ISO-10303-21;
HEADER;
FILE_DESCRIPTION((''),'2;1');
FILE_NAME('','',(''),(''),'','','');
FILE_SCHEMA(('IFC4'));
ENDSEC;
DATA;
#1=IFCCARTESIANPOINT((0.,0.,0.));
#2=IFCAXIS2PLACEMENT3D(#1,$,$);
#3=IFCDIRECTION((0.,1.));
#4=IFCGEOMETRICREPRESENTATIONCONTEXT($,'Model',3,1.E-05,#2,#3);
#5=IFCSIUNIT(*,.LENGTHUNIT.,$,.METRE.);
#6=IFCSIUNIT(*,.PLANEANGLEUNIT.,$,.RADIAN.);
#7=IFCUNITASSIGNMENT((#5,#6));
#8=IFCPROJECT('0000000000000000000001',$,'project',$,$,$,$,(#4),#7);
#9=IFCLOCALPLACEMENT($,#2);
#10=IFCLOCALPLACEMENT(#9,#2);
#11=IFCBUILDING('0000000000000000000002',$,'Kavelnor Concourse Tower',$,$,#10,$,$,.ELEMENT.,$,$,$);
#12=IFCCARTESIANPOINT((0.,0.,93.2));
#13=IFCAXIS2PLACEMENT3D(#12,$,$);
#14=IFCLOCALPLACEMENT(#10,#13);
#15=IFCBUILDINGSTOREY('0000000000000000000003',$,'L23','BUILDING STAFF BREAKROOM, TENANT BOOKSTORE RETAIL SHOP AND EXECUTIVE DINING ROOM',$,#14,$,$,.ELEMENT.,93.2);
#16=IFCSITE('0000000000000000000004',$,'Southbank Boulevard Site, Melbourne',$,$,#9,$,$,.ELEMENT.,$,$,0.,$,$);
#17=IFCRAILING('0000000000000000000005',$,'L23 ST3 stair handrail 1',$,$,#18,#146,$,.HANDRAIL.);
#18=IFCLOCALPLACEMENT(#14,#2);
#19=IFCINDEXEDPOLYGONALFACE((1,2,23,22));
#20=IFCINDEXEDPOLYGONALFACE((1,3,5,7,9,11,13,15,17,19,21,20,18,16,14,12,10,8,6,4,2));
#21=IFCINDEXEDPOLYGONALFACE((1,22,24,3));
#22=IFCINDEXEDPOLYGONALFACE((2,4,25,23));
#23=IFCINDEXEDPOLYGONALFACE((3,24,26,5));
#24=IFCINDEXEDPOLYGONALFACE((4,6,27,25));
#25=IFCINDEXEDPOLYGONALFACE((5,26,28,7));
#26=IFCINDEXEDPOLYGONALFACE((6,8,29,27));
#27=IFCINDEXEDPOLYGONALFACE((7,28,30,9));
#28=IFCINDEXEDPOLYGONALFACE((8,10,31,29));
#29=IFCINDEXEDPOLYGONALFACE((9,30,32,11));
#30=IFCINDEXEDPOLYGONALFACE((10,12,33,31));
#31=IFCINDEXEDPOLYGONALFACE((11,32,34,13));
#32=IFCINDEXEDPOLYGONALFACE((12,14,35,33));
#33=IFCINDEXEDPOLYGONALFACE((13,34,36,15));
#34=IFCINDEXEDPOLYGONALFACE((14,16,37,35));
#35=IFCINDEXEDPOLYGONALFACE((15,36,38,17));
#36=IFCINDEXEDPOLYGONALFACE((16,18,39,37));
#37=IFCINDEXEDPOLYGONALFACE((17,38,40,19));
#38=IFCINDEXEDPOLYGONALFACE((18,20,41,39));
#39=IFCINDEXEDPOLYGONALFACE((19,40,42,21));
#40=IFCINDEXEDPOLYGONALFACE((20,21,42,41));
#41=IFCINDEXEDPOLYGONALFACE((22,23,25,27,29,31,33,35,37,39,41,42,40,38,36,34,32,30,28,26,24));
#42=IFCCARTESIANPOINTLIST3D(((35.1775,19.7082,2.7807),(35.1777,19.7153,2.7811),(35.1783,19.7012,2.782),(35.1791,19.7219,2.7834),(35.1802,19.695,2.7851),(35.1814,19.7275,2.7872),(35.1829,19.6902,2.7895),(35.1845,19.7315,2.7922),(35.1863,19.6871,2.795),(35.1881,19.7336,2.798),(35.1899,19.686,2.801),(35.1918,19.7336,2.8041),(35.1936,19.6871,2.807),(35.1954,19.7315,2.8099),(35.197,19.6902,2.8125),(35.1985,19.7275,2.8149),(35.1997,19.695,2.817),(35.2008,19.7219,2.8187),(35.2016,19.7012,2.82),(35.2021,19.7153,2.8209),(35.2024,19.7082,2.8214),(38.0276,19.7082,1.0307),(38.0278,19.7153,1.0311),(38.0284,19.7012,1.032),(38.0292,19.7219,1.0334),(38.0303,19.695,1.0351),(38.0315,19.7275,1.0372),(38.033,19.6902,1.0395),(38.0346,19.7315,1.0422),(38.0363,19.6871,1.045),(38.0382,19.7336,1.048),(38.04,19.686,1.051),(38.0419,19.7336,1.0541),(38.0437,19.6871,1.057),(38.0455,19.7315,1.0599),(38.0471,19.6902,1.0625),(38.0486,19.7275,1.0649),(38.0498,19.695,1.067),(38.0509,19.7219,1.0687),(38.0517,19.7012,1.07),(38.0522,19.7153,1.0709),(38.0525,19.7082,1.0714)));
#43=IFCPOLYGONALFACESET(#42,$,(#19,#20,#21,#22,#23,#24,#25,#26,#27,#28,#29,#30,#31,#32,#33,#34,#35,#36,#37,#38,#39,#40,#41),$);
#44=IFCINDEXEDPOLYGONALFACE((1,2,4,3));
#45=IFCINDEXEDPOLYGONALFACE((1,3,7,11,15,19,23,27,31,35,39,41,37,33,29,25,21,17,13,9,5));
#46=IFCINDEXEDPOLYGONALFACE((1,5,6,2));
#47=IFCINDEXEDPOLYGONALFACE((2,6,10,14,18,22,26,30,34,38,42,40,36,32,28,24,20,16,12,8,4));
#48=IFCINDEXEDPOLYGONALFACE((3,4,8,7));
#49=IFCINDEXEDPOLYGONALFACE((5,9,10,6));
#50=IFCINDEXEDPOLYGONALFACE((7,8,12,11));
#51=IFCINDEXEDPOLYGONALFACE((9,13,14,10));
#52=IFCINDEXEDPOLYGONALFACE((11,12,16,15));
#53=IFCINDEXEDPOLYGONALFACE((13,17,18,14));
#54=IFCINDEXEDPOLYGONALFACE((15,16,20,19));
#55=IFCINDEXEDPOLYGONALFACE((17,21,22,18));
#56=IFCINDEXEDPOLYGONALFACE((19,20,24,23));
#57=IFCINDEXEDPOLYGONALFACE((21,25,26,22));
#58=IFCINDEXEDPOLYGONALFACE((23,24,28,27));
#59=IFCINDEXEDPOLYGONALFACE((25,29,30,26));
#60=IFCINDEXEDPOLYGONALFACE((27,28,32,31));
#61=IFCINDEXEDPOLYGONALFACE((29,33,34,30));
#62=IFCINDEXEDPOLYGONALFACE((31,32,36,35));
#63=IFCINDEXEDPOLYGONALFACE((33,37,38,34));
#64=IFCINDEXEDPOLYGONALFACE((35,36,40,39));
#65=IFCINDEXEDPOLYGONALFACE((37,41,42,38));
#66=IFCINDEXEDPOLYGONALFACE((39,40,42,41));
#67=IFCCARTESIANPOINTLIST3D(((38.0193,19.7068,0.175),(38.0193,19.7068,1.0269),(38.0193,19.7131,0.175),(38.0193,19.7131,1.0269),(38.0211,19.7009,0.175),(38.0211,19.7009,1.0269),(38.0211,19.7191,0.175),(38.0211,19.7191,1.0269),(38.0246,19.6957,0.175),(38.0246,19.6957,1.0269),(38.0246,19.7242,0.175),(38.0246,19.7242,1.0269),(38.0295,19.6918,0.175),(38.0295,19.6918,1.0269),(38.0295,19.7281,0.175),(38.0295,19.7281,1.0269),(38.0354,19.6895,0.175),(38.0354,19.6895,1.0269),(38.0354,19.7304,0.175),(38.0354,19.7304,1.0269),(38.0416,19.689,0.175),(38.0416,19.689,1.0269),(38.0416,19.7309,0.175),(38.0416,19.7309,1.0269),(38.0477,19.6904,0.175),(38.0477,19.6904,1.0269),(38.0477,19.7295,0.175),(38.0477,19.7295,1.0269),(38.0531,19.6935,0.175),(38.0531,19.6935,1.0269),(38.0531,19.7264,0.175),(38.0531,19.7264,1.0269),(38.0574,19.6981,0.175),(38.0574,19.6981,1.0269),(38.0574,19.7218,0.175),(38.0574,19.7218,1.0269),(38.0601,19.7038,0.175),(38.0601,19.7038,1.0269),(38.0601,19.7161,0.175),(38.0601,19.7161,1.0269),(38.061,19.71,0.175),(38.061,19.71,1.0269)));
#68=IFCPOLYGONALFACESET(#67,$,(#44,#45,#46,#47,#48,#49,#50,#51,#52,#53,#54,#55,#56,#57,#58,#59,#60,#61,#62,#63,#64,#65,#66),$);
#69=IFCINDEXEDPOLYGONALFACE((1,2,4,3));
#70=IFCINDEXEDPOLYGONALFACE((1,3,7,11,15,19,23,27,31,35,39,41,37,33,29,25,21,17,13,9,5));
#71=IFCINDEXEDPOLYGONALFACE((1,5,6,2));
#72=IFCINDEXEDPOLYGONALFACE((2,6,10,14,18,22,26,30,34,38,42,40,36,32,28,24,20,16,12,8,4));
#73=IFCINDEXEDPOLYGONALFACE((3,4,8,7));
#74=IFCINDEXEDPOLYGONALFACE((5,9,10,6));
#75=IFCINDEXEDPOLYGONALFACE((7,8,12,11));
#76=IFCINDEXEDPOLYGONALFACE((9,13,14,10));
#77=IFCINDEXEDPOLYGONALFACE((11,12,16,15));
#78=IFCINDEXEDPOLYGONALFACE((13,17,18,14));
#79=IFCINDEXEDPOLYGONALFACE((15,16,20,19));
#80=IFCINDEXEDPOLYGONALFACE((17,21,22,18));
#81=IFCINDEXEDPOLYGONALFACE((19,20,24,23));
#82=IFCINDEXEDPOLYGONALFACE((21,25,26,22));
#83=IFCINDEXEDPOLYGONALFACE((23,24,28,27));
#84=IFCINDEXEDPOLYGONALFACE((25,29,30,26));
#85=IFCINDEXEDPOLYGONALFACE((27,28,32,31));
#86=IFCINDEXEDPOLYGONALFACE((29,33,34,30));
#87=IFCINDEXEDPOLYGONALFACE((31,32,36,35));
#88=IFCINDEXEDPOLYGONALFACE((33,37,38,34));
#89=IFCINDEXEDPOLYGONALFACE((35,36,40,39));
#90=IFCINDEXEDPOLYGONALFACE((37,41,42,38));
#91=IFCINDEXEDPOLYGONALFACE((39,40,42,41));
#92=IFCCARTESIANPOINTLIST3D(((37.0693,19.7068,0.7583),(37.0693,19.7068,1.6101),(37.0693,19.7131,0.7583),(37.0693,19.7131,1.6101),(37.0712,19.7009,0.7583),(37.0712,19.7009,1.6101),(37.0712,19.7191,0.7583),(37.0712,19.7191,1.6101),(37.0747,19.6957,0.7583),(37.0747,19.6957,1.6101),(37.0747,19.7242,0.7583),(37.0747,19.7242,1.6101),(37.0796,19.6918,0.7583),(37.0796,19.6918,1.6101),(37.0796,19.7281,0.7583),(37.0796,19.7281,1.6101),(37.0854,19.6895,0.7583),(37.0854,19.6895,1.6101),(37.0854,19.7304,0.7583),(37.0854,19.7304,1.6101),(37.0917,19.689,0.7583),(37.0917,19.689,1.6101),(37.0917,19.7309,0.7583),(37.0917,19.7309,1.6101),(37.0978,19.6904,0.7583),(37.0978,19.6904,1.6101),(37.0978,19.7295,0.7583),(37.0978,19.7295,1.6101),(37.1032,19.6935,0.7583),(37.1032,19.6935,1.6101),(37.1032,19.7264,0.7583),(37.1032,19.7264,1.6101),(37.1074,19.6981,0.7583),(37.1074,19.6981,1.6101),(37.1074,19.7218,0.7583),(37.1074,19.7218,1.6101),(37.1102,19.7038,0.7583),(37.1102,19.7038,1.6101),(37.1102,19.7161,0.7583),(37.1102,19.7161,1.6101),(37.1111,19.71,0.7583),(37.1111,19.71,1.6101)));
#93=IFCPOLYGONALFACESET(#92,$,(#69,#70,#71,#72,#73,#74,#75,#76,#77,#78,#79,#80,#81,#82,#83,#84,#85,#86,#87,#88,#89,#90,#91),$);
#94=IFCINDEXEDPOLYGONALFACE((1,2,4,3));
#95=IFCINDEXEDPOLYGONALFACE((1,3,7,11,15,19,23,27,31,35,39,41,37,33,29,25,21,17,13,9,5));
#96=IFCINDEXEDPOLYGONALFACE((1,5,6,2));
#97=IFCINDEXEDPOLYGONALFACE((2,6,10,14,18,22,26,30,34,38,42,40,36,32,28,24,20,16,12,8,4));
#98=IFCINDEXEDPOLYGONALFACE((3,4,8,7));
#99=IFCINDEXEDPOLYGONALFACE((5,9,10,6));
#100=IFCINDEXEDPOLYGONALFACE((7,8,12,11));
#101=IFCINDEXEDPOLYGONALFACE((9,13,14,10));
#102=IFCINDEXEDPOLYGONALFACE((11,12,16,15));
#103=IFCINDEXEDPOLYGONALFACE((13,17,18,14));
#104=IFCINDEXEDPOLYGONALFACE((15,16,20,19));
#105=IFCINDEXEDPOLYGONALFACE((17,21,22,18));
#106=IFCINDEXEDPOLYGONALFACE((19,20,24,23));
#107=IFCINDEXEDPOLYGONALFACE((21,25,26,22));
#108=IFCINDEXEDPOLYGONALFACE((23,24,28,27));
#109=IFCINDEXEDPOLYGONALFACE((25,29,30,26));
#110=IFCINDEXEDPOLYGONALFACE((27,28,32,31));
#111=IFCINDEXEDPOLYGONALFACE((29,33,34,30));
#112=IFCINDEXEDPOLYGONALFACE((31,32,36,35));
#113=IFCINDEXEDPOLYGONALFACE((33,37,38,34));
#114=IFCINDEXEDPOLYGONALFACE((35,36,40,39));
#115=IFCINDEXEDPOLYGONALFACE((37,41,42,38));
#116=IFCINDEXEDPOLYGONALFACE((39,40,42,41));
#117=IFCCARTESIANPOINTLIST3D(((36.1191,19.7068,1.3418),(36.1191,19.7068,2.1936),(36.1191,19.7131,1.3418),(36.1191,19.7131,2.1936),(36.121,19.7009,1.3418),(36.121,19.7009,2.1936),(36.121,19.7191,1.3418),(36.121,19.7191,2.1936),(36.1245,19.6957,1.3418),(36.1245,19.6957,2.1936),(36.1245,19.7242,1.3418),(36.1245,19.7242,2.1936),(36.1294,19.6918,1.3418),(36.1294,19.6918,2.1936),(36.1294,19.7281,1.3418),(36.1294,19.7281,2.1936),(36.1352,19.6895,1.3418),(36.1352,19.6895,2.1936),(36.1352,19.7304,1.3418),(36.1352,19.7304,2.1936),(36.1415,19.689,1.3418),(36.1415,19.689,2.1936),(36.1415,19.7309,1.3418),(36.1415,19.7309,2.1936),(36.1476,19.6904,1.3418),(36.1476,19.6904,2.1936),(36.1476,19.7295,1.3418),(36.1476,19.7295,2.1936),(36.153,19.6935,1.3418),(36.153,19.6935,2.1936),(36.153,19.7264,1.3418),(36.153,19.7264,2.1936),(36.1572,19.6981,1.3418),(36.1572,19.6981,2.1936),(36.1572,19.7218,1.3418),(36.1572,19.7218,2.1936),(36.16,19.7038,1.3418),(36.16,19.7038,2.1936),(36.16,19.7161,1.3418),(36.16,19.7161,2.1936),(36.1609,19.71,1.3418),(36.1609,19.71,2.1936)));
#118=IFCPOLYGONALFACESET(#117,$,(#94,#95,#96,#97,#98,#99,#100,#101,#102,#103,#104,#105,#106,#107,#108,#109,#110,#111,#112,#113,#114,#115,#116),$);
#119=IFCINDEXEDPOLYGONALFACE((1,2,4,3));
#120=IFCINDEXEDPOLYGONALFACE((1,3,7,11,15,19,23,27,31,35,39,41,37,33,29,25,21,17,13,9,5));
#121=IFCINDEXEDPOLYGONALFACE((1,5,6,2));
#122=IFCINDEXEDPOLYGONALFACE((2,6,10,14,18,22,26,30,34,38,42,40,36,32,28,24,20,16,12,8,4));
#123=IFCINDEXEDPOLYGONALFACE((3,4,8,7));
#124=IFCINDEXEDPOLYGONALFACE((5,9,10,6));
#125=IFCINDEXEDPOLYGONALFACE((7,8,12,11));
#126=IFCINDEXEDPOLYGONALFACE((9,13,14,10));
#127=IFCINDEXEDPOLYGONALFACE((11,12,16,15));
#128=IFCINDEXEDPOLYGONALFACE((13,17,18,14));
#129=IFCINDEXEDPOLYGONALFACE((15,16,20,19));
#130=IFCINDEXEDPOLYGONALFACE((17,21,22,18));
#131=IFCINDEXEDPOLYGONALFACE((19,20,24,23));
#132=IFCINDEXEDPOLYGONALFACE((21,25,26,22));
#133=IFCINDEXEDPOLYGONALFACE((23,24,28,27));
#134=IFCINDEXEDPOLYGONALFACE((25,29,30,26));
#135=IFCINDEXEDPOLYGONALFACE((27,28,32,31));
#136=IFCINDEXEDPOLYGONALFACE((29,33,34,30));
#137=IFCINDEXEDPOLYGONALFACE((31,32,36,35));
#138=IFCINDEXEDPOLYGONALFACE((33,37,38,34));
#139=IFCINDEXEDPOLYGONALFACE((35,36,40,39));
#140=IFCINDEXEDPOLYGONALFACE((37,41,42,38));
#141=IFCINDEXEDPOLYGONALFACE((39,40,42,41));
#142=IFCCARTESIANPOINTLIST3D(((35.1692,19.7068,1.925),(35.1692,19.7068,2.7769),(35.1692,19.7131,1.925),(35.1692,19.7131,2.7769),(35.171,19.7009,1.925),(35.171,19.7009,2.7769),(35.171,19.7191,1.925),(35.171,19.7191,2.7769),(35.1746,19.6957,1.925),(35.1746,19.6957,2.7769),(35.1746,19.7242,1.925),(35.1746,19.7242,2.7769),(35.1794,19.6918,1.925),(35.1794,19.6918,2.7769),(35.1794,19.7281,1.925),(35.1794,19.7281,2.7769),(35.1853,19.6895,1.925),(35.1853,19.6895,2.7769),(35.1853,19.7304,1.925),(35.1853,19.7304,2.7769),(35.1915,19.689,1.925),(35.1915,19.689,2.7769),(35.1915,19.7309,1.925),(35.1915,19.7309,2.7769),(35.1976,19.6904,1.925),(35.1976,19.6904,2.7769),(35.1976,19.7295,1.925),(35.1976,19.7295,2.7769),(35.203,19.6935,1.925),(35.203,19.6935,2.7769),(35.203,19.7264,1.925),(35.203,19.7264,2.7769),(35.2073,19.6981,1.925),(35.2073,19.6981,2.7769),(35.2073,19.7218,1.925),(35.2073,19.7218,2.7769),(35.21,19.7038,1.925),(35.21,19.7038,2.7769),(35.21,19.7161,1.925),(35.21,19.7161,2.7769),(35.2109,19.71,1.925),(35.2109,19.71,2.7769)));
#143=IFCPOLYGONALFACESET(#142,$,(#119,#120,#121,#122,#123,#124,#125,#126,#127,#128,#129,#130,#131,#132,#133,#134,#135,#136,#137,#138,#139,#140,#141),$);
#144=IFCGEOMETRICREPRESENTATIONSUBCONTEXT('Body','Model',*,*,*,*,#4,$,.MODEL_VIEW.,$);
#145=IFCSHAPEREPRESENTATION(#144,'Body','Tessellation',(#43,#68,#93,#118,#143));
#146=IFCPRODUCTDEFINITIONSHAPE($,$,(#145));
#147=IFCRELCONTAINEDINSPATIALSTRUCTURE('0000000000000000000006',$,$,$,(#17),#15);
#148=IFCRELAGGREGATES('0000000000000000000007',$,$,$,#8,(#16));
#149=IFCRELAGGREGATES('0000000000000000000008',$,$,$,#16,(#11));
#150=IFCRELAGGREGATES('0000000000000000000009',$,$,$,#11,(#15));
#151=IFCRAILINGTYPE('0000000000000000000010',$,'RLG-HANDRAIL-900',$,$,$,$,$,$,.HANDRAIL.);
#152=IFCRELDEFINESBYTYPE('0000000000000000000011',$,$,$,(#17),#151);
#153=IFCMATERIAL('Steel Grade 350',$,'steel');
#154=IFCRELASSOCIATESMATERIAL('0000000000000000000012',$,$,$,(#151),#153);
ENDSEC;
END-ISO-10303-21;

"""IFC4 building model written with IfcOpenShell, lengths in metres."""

from ifc_helpers import new_model, si_unit, direction, frame, origin, origin_2d, place, context, subcontext, project, spatial, circle, extrude, material, type_object, element, save


model = new_model("IFC4")

# Units and contexts
model_context = context("Model", 3, precision=1e-05, world=origin(), true_north=direction((0.0, 1.0)))
body_context = subcontext(model_context, "Body", "Model", "MODEL_VIEW")
ifc_project = project(units=[si_unit("LENGTHUNIT", "METRE"), si_unit("PLANEANGLEUNIT", "RADIAN")], contexts=[model_context])

# Site, building, storey
site_placement = place(None, origin())
site = spatial("IfcSite", under=ifc_project, at=site_placement, Name="Southbank Boulevard Site, Melbourne", CompositionType="ELEMENT", RefElevation=0.0)
building_placement = place(site_placement, origin())
building = spatial("IfcBuilding", under=site, at=building_placement, Name="Kavelnor Concourse Tower", CompositionType="ELEMENT")
storey_placement = place(building_placement, frame((0.0, 0.0, 93.2)))
storey = spatial("IfcBuildingStorey", under=building, at=storey_placement, Name="L23", Description="BUILDING STAFF BREAKROOM, TENANT BOOKSTORE RETAIL SHOP AND EXECUTIVE DINING ROOM", CompositionType="ELEMENT", Elevation=93.2)

# Shared definitions
ifc_material_1 = material(Name="Steel Grade 350", Category="steel")

# Railing
railing_type_1 = type_object("IfcRailingType", Name="RLG-HANDRAIL-900", PredefinedType="HANDRAIL", material=ifc_material_1)
railing_1_placement = place(storey_placement, frame((38.04, 19.71, 0.175)))
element("IfcRailing", 1, at=railing_1_placement, inside=storey, type_object=railing_type_1, Name="L23 ST3 stair handrail 1", PredefinedType="HANDRAIL", context=body_context, shape_type="SweptSolid", body=[
    extrude(circle(Radius=0.0239, at=origin_2d()), frame((0.0, 0.0, 0.876), z_axis=(-0.852179, 0.0, 0.52325), x_axis=(0.0, -1.0, 0.0)), (0.0, 0.0, 1.0), 3.3445),
    extrude(circle(Radius=0.021, at=origin_2d()), origin(), (0.0, 0.0, 1.0), 0.8518),
    extrude(circle(Radius=0.021, at=origin_2d()), frame((-0.95, 0.0, 0.5833)), (0.0, 0.0, 1.0), 0.8518),
    extrude(circle(Radius=0.021, at=origin_2d()), frame((-1.9001, 0.0, 1.1667)), (0.0, 0.0, 1.0), 0.8518),
    extrude(circle(Radius=0.021, at=origin_2d()), frame((-2.8501, 0.0, 1.75)), (0.0, 0.0, 1.0), 0.8518),
])

save(model, "model.ifc")
